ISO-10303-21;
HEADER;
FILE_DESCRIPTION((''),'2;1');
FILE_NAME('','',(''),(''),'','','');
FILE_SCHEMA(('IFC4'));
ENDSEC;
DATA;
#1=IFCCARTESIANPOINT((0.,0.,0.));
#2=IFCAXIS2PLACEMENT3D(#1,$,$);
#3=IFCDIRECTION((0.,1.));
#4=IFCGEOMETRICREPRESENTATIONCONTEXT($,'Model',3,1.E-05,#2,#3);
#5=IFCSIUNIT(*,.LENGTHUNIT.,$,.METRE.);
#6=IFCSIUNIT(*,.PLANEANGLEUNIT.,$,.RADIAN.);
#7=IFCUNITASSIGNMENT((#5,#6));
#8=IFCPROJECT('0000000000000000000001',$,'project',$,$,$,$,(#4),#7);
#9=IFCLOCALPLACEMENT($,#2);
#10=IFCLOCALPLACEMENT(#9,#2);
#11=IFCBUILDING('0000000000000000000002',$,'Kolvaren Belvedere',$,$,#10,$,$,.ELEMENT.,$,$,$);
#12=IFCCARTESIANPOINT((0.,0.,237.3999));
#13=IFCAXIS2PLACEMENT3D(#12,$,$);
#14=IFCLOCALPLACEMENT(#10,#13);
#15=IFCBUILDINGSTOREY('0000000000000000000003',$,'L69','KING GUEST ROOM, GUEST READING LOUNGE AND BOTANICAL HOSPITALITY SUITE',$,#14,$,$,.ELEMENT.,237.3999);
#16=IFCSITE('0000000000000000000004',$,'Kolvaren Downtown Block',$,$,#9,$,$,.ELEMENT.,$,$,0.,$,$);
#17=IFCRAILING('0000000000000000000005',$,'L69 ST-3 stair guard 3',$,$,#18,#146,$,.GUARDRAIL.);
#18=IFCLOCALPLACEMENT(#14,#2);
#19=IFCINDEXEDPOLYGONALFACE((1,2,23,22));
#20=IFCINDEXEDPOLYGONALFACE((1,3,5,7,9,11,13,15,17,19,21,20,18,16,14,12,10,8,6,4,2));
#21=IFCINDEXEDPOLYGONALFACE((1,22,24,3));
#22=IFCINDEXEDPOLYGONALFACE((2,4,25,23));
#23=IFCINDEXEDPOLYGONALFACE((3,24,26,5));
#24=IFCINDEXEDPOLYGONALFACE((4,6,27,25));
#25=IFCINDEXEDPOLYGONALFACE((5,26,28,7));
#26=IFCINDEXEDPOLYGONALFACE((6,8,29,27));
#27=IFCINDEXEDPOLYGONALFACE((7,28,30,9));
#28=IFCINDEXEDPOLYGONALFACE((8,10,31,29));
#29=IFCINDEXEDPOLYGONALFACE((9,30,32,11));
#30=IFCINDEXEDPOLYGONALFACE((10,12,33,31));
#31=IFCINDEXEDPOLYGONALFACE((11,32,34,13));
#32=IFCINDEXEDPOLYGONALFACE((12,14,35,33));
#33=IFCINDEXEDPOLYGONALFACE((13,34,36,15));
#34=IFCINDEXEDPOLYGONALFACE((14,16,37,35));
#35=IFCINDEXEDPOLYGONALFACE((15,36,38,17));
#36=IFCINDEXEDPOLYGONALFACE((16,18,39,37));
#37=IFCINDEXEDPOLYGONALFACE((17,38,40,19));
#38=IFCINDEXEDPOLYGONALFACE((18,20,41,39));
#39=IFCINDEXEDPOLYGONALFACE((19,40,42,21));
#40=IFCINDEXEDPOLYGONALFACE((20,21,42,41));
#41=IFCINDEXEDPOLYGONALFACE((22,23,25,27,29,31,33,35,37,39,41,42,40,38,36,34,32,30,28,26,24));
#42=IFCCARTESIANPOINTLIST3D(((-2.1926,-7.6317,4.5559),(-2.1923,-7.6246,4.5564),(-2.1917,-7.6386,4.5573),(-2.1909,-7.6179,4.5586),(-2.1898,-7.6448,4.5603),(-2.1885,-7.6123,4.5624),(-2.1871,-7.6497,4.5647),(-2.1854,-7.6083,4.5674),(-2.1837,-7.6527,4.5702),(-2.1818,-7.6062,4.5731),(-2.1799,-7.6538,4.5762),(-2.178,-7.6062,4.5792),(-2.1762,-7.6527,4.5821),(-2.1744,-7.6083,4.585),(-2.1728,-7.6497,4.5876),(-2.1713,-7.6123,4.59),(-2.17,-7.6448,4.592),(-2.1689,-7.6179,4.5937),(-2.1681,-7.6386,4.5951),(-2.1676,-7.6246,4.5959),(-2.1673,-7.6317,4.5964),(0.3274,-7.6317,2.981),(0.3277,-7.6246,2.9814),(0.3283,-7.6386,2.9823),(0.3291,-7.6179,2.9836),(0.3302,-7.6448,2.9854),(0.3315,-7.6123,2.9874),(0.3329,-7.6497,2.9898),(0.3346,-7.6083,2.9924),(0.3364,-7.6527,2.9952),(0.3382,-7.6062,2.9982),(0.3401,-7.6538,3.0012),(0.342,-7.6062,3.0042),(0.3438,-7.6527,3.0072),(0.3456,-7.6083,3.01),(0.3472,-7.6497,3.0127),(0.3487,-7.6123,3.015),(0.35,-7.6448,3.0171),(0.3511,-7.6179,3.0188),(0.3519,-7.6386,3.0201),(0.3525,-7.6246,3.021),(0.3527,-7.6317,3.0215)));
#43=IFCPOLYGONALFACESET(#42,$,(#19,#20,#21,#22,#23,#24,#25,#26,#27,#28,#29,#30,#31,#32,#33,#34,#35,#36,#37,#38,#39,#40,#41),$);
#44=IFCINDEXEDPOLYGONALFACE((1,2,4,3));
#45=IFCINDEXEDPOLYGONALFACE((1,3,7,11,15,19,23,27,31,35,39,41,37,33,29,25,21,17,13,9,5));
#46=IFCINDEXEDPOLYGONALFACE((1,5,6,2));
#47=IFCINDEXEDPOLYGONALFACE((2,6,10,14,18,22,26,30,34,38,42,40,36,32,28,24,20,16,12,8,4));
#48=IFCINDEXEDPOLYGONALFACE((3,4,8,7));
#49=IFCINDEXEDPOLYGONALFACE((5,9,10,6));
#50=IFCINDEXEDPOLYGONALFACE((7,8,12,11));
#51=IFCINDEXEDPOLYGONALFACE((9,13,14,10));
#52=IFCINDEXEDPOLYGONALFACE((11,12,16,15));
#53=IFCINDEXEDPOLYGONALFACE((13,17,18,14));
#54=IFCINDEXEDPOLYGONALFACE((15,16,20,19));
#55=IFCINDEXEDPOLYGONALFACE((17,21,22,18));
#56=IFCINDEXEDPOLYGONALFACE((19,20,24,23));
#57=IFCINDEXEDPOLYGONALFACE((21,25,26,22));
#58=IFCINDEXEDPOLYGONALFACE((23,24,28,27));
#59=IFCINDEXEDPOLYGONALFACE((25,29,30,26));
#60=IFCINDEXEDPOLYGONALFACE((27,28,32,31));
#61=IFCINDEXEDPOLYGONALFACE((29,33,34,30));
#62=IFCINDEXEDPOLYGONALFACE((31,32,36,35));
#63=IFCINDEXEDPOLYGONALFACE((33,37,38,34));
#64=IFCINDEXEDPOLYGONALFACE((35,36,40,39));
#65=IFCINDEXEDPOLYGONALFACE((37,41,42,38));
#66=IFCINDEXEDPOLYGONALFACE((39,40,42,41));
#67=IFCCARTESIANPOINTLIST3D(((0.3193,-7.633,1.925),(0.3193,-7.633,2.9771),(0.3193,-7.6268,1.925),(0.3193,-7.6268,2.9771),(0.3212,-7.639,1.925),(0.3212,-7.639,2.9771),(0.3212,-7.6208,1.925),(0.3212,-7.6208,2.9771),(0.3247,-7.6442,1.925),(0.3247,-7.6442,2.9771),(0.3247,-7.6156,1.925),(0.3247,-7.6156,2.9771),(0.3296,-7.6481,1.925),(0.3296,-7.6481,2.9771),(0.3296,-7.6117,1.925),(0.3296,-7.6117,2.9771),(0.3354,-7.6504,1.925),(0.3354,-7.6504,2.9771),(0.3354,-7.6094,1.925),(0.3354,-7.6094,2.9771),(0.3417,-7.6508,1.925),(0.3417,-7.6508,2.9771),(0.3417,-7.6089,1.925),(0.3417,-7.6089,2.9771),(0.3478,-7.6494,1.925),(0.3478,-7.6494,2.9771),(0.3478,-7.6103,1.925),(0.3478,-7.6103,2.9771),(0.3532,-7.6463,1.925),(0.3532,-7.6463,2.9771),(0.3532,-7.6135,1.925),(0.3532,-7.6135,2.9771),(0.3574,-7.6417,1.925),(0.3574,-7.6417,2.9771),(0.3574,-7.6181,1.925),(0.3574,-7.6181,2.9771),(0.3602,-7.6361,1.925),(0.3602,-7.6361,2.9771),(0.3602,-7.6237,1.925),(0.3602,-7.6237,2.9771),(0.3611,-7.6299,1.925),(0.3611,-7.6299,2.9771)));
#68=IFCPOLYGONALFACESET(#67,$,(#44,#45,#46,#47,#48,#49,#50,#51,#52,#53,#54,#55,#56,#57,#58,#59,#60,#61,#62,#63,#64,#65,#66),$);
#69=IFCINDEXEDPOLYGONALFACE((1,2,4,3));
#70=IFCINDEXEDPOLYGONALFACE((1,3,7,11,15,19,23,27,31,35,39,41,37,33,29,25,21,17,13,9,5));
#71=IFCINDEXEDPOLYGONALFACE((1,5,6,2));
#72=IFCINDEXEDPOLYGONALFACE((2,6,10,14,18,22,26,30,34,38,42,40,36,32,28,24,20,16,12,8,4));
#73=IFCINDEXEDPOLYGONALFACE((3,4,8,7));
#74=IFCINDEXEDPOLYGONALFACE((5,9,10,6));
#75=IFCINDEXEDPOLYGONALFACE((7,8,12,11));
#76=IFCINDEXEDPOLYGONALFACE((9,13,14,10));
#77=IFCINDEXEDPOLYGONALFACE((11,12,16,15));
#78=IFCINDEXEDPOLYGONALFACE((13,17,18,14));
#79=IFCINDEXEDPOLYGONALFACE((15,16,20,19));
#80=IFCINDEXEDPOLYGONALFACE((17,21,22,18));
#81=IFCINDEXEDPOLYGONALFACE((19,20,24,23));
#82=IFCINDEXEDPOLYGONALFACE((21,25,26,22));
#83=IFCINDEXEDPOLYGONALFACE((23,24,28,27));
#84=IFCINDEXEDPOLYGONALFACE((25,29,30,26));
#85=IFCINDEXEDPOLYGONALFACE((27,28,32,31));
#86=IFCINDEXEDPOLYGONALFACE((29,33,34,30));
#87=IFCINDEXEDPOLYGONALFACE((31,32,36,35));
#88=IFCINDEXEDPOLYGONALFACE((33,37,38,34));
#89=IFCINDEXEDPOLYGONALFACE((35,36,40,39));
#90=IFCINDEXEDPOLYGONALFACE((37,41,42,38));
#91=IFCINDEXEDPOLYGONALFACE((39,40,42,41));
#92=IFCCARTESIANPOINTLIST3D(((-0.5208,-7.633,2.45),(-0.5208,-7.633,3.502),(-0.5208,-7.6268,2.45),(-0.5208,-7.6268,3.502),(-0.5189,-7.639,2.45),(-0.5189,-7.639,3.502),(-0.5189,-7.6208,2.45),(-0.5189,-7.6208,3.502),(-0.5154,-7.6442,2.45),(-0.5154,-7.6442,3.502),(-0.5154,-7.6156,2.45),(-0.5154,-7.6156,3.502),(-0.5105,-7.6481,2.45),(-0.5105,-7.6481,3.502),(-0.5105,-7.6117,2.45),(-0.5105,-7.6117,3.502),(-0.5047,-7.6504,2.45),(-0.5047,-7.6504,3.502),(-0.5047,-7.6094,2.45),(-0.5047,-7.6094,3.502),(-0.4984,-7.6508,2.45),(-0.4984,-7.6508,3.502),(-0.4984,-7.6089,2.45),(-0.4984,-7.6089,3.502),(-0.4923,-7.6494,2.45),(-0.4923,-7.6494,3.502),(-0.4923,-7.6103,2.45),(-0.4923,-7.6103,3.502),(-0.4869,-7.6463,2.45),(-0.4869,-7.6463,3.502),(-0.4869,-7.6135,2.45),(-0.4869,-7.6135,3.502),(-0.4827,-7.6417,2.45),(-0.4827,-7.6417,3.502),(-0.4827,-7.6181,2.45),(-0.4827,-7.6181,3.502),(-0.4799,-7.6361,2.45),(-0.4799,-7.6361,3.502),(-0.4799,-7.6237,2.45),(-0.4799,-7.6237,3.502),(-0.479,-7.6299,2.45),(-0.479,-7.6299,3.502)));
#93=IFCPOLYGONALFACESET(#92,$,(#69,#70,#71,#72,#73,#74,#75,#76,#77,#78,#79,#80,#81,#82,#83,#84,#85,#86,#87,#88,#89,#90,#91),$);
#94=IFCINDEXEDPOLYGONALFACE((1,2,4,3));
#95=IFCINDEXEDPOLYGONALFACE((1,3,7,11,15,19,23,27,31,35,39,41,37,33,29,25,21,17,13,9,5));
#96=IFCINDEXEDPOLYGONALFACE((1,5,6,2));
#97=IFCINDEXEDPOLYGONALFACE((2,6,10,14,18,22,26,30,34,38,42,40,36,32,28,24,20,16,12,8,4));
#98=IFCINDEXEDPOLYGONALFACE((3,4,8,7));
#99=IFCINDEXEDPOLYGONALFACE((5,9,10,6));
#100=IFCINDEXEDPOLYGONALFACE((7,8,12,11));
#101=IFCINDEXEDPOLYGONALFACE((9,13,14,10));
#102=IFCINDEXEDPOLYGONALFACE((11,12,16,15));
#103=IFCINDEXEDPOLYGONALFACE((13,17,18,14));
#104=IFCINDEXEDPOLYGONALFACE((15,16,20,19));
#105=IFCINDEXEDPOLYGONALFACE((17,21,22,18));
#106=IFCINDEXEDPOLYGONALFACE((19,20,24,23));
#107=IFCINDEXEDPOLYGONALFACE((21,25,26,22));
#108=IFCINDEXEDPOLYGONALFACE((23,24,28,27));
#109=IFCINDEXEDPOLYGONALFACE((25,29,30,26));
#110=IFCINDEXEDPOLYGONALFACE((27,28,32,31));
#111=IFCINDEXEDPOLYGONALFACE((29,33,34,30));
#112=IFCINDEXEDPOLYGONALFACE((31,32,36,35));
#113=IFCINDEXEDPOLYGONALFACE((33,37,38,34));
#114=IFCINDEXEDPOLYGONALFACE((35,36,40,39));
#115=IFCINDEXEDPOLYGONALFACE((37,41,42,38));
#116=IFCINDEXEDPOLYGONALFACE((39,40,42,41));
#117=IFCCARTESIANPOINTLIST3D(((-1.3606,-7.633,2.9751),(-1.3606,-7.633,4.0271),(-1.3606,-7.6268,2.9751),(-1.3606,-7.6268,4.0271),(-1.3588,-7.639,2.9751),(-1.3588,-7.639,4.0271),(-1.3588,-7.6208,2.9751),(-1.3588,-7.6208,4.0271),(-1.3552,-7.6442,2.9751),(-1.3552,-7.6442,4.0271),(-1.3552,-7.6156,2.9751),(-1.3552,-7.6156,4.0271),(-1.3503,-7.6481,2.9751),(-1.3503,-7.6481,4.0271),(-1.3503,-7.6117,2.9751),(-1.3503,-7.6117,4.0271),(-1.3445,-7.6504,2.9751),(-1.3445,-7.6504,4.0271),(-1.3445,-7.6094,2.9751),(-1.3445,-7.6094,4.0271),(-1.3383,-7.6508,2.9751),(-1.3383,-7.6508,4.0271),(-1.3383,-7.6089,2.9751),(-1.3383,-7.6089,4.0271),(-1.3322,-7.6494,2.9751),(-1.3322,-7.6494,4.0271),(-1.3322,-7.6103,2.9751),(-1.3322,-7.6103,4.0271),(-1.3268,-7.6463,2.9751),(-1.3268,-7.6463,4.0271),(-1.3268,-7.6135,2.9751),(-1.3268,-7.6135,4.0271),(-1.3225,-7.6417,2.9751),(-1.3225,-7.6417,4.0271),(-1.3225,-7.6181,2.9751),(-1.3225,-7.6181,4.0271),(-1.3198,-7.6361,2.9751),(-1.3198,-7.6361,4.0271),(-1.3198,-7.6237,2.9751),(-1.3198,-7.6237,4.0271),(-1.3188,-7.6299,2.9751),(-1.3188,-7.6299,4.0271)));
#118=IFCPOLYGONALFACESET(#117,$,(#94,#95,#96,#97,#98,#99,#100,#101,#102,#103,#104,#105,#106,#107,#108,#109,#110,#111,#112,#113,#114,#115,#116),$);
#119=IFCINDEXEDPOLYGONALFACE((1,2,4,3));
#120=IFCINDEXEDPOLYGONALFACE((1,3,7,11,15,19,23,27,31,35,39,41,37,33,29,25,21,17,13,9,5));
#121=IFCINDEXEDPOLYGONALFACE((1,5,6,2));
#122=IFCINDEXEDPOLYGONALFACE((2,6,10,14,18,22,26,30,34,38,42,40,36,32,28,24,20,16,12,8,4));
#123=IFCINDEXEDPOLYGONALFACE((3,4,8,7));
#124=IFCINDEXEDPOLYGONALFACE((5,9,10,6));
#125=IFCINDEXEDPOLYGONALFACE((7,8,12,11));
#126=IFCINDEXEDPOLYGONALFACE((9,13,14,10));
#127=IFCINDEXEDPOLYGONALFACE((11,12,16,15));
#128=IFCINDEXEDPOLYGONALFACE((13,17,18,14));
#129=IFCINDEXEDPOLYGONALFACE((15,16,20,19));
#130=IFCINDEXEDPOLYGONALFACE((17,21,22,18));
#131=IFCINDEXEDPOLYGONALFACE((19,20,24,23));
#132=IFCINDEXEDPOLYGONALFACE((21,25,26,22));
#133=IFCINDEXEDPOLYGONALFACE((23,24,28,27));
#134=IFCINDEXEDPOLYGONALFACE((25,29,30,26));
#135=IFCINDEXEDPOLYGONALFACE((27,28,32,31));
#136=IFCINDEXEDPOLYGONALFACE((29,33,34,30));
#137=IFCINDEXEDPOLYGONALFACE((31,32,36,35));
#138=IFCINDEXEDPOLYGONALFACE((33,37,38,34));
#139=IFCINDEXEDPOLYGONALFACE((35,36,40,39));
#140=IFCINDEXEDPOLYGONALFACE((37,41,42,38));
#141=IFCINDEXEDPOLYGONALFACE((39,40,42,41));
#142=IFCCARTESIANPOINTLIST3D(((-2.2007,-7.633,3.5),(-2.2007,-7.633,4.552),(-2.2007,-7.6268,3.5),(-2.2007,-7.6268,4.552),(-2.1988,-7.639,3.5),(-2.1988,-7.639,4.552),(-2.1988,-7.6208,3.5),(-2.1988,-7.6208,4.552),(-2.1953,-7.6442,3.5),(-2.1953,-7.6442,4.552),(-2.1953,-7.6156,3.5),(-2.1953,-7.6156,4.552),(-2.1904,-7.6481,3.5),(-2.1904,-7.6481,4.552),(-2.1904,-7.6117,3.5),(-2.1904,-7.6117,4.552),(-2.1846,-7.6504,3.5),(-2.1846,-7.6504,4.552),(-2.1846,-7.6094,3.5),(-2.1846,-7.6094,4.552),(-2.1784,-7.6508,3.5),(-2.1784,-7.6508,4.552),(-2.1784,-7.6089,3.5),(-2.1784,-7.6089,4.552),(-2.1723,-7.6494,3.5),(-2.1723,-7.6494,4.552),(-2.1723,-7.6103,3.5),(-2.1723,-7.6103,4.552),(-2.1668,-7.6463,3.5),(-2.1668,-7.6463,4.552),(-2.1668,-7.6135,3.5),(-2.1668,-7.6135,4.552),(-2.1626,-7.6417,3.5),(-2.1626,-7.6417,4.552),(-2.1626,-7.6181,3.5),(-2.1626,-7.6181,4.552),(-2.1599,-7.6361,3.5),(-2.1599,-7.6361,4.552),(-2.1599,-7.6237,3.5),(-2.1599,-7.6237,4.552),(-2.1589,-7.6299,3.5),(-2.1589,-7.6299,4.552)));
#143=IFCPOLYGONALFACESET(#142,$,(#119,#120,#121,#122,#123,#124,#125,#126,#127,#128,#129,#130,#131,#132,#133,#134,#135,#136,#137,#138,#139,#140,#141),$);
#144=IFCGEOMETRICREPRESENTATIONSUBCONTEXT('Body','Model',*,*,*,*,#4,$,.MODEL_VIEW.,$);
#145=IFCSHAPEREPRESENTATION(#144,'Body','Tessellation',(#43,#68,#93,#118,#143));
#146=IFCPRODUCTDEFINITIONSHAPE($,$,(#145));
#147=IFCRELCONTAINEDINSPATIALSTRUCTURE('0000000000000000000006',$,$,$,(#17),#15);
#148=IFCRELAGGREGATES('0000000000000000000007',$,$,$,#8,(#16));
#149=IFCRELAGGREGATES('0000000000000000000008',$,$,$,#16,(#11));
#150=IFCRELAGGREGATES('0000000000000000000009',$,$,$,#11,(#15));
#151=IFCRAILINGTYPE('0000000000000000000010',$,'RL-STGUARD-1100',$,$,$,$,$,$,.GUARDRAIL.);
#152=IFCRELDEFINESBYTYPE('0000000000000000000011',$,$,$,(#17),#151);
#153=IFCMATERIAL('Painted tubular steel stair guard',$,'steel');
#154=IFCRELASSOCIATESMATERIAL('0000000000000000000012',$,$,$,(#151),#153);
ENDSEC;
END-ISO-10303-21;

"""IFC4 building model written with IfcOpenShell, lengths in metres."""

from ifc_helpers import new_model, si_unit, direction, frame, origin, origin_2d, place, context, subcontext, project, spatial, circle, extrude, material, type_object, element, save


model = new_model("IFC4")

# Units and contexts
model_context = context("Model", 3, precision=1e-05, world=origin(), true_north=direction((0.0, 1.0)))
body_context = subcontext(model_context, "Body", "Model", "MODEL_VIEW")
ifc_project = project(units=[si_unit("LENGTHUNIT", "METRE"), si_unit("PLANEANGLEUNIT", "RADIAN")], contexts=[model_context])

# Site, building, storey
site_placement = place(None, origin())
site = spatial("IfcSite", under=ifc_project, at=site_placement, Name="Kolvaren Downtown Block", CompositionType="ELEMENT", RefElevation=0.0)
building_placement = place(site_placement, origin())
building = spatial("IfcBuilding", under=site, at=building_placement, Name="Kolvaren Belvedere", CompositionType="ELEMENT")
storey_placement = place(building_placement, frame((0.0, 0.0, 237.3999)))
storey = spatial("IfcBuildingStorey", under=building, at=storey_placement, Name="L69", Description="KING GUEST ROOM, GUEST READING LOUNGE AND BOTANICAL HOSPITALITY SUITE", CompositionType="ELEMENT", Elevation=237.3999)

# Railing
ifc_material_1 = material(Name="Painted tubular steel stair guard", Category="steel")
railing_type_1 = type_object("IfcRailingType", Name="RL-STGUARD-1100", PredefinedType="GUARDRAIL", material=ifc_material_1)
railing_1_placement = place(storey_placement, frame((0.3401, -7.6299, 1.925)))
element("IfcRailing", 1, at=railing_1_placement, inside=storey, type_object=railing_type_1, Name="L69 ST-3 stair guard 3", PredefinedType="GUARDRAIL", context=body_context, shape_type="SweptSolid", body=[
    extrude(circle(Radius=0.0239, at=origin_2d()), frame((0.0, 0.0, 1.0762), z_axis=(-0.848008, 0.0, 0.529984), x_axis=(0.0, -1.0, 0.0)), (0.0, 0.0, 1.0), 2.9717),
    extrude(circle(Radius=0.021, at=origin_2d()), origin(), (0.0, 0.0, 1.0), 1.052),
    extrude(circle(Radius=0.021, at=origin_2d()), frame((-0.8401, 0.0, 0.5249)), (0.0, 0.0, 1.0), 1.052),
    extrude(circle(Radius=0.021, at=origin_2d()), frame((-1.6799, 0.0, 1.05)), (0.0, 0.0, 1.0), 1.052),
    extrude(circle(Radius=0.021, at=origin_2d()), frame((-2.52, 0.0, 1.575)), (0.0, 0.0, 1.0), 1.052),
])

save(model, "model.ifc")
